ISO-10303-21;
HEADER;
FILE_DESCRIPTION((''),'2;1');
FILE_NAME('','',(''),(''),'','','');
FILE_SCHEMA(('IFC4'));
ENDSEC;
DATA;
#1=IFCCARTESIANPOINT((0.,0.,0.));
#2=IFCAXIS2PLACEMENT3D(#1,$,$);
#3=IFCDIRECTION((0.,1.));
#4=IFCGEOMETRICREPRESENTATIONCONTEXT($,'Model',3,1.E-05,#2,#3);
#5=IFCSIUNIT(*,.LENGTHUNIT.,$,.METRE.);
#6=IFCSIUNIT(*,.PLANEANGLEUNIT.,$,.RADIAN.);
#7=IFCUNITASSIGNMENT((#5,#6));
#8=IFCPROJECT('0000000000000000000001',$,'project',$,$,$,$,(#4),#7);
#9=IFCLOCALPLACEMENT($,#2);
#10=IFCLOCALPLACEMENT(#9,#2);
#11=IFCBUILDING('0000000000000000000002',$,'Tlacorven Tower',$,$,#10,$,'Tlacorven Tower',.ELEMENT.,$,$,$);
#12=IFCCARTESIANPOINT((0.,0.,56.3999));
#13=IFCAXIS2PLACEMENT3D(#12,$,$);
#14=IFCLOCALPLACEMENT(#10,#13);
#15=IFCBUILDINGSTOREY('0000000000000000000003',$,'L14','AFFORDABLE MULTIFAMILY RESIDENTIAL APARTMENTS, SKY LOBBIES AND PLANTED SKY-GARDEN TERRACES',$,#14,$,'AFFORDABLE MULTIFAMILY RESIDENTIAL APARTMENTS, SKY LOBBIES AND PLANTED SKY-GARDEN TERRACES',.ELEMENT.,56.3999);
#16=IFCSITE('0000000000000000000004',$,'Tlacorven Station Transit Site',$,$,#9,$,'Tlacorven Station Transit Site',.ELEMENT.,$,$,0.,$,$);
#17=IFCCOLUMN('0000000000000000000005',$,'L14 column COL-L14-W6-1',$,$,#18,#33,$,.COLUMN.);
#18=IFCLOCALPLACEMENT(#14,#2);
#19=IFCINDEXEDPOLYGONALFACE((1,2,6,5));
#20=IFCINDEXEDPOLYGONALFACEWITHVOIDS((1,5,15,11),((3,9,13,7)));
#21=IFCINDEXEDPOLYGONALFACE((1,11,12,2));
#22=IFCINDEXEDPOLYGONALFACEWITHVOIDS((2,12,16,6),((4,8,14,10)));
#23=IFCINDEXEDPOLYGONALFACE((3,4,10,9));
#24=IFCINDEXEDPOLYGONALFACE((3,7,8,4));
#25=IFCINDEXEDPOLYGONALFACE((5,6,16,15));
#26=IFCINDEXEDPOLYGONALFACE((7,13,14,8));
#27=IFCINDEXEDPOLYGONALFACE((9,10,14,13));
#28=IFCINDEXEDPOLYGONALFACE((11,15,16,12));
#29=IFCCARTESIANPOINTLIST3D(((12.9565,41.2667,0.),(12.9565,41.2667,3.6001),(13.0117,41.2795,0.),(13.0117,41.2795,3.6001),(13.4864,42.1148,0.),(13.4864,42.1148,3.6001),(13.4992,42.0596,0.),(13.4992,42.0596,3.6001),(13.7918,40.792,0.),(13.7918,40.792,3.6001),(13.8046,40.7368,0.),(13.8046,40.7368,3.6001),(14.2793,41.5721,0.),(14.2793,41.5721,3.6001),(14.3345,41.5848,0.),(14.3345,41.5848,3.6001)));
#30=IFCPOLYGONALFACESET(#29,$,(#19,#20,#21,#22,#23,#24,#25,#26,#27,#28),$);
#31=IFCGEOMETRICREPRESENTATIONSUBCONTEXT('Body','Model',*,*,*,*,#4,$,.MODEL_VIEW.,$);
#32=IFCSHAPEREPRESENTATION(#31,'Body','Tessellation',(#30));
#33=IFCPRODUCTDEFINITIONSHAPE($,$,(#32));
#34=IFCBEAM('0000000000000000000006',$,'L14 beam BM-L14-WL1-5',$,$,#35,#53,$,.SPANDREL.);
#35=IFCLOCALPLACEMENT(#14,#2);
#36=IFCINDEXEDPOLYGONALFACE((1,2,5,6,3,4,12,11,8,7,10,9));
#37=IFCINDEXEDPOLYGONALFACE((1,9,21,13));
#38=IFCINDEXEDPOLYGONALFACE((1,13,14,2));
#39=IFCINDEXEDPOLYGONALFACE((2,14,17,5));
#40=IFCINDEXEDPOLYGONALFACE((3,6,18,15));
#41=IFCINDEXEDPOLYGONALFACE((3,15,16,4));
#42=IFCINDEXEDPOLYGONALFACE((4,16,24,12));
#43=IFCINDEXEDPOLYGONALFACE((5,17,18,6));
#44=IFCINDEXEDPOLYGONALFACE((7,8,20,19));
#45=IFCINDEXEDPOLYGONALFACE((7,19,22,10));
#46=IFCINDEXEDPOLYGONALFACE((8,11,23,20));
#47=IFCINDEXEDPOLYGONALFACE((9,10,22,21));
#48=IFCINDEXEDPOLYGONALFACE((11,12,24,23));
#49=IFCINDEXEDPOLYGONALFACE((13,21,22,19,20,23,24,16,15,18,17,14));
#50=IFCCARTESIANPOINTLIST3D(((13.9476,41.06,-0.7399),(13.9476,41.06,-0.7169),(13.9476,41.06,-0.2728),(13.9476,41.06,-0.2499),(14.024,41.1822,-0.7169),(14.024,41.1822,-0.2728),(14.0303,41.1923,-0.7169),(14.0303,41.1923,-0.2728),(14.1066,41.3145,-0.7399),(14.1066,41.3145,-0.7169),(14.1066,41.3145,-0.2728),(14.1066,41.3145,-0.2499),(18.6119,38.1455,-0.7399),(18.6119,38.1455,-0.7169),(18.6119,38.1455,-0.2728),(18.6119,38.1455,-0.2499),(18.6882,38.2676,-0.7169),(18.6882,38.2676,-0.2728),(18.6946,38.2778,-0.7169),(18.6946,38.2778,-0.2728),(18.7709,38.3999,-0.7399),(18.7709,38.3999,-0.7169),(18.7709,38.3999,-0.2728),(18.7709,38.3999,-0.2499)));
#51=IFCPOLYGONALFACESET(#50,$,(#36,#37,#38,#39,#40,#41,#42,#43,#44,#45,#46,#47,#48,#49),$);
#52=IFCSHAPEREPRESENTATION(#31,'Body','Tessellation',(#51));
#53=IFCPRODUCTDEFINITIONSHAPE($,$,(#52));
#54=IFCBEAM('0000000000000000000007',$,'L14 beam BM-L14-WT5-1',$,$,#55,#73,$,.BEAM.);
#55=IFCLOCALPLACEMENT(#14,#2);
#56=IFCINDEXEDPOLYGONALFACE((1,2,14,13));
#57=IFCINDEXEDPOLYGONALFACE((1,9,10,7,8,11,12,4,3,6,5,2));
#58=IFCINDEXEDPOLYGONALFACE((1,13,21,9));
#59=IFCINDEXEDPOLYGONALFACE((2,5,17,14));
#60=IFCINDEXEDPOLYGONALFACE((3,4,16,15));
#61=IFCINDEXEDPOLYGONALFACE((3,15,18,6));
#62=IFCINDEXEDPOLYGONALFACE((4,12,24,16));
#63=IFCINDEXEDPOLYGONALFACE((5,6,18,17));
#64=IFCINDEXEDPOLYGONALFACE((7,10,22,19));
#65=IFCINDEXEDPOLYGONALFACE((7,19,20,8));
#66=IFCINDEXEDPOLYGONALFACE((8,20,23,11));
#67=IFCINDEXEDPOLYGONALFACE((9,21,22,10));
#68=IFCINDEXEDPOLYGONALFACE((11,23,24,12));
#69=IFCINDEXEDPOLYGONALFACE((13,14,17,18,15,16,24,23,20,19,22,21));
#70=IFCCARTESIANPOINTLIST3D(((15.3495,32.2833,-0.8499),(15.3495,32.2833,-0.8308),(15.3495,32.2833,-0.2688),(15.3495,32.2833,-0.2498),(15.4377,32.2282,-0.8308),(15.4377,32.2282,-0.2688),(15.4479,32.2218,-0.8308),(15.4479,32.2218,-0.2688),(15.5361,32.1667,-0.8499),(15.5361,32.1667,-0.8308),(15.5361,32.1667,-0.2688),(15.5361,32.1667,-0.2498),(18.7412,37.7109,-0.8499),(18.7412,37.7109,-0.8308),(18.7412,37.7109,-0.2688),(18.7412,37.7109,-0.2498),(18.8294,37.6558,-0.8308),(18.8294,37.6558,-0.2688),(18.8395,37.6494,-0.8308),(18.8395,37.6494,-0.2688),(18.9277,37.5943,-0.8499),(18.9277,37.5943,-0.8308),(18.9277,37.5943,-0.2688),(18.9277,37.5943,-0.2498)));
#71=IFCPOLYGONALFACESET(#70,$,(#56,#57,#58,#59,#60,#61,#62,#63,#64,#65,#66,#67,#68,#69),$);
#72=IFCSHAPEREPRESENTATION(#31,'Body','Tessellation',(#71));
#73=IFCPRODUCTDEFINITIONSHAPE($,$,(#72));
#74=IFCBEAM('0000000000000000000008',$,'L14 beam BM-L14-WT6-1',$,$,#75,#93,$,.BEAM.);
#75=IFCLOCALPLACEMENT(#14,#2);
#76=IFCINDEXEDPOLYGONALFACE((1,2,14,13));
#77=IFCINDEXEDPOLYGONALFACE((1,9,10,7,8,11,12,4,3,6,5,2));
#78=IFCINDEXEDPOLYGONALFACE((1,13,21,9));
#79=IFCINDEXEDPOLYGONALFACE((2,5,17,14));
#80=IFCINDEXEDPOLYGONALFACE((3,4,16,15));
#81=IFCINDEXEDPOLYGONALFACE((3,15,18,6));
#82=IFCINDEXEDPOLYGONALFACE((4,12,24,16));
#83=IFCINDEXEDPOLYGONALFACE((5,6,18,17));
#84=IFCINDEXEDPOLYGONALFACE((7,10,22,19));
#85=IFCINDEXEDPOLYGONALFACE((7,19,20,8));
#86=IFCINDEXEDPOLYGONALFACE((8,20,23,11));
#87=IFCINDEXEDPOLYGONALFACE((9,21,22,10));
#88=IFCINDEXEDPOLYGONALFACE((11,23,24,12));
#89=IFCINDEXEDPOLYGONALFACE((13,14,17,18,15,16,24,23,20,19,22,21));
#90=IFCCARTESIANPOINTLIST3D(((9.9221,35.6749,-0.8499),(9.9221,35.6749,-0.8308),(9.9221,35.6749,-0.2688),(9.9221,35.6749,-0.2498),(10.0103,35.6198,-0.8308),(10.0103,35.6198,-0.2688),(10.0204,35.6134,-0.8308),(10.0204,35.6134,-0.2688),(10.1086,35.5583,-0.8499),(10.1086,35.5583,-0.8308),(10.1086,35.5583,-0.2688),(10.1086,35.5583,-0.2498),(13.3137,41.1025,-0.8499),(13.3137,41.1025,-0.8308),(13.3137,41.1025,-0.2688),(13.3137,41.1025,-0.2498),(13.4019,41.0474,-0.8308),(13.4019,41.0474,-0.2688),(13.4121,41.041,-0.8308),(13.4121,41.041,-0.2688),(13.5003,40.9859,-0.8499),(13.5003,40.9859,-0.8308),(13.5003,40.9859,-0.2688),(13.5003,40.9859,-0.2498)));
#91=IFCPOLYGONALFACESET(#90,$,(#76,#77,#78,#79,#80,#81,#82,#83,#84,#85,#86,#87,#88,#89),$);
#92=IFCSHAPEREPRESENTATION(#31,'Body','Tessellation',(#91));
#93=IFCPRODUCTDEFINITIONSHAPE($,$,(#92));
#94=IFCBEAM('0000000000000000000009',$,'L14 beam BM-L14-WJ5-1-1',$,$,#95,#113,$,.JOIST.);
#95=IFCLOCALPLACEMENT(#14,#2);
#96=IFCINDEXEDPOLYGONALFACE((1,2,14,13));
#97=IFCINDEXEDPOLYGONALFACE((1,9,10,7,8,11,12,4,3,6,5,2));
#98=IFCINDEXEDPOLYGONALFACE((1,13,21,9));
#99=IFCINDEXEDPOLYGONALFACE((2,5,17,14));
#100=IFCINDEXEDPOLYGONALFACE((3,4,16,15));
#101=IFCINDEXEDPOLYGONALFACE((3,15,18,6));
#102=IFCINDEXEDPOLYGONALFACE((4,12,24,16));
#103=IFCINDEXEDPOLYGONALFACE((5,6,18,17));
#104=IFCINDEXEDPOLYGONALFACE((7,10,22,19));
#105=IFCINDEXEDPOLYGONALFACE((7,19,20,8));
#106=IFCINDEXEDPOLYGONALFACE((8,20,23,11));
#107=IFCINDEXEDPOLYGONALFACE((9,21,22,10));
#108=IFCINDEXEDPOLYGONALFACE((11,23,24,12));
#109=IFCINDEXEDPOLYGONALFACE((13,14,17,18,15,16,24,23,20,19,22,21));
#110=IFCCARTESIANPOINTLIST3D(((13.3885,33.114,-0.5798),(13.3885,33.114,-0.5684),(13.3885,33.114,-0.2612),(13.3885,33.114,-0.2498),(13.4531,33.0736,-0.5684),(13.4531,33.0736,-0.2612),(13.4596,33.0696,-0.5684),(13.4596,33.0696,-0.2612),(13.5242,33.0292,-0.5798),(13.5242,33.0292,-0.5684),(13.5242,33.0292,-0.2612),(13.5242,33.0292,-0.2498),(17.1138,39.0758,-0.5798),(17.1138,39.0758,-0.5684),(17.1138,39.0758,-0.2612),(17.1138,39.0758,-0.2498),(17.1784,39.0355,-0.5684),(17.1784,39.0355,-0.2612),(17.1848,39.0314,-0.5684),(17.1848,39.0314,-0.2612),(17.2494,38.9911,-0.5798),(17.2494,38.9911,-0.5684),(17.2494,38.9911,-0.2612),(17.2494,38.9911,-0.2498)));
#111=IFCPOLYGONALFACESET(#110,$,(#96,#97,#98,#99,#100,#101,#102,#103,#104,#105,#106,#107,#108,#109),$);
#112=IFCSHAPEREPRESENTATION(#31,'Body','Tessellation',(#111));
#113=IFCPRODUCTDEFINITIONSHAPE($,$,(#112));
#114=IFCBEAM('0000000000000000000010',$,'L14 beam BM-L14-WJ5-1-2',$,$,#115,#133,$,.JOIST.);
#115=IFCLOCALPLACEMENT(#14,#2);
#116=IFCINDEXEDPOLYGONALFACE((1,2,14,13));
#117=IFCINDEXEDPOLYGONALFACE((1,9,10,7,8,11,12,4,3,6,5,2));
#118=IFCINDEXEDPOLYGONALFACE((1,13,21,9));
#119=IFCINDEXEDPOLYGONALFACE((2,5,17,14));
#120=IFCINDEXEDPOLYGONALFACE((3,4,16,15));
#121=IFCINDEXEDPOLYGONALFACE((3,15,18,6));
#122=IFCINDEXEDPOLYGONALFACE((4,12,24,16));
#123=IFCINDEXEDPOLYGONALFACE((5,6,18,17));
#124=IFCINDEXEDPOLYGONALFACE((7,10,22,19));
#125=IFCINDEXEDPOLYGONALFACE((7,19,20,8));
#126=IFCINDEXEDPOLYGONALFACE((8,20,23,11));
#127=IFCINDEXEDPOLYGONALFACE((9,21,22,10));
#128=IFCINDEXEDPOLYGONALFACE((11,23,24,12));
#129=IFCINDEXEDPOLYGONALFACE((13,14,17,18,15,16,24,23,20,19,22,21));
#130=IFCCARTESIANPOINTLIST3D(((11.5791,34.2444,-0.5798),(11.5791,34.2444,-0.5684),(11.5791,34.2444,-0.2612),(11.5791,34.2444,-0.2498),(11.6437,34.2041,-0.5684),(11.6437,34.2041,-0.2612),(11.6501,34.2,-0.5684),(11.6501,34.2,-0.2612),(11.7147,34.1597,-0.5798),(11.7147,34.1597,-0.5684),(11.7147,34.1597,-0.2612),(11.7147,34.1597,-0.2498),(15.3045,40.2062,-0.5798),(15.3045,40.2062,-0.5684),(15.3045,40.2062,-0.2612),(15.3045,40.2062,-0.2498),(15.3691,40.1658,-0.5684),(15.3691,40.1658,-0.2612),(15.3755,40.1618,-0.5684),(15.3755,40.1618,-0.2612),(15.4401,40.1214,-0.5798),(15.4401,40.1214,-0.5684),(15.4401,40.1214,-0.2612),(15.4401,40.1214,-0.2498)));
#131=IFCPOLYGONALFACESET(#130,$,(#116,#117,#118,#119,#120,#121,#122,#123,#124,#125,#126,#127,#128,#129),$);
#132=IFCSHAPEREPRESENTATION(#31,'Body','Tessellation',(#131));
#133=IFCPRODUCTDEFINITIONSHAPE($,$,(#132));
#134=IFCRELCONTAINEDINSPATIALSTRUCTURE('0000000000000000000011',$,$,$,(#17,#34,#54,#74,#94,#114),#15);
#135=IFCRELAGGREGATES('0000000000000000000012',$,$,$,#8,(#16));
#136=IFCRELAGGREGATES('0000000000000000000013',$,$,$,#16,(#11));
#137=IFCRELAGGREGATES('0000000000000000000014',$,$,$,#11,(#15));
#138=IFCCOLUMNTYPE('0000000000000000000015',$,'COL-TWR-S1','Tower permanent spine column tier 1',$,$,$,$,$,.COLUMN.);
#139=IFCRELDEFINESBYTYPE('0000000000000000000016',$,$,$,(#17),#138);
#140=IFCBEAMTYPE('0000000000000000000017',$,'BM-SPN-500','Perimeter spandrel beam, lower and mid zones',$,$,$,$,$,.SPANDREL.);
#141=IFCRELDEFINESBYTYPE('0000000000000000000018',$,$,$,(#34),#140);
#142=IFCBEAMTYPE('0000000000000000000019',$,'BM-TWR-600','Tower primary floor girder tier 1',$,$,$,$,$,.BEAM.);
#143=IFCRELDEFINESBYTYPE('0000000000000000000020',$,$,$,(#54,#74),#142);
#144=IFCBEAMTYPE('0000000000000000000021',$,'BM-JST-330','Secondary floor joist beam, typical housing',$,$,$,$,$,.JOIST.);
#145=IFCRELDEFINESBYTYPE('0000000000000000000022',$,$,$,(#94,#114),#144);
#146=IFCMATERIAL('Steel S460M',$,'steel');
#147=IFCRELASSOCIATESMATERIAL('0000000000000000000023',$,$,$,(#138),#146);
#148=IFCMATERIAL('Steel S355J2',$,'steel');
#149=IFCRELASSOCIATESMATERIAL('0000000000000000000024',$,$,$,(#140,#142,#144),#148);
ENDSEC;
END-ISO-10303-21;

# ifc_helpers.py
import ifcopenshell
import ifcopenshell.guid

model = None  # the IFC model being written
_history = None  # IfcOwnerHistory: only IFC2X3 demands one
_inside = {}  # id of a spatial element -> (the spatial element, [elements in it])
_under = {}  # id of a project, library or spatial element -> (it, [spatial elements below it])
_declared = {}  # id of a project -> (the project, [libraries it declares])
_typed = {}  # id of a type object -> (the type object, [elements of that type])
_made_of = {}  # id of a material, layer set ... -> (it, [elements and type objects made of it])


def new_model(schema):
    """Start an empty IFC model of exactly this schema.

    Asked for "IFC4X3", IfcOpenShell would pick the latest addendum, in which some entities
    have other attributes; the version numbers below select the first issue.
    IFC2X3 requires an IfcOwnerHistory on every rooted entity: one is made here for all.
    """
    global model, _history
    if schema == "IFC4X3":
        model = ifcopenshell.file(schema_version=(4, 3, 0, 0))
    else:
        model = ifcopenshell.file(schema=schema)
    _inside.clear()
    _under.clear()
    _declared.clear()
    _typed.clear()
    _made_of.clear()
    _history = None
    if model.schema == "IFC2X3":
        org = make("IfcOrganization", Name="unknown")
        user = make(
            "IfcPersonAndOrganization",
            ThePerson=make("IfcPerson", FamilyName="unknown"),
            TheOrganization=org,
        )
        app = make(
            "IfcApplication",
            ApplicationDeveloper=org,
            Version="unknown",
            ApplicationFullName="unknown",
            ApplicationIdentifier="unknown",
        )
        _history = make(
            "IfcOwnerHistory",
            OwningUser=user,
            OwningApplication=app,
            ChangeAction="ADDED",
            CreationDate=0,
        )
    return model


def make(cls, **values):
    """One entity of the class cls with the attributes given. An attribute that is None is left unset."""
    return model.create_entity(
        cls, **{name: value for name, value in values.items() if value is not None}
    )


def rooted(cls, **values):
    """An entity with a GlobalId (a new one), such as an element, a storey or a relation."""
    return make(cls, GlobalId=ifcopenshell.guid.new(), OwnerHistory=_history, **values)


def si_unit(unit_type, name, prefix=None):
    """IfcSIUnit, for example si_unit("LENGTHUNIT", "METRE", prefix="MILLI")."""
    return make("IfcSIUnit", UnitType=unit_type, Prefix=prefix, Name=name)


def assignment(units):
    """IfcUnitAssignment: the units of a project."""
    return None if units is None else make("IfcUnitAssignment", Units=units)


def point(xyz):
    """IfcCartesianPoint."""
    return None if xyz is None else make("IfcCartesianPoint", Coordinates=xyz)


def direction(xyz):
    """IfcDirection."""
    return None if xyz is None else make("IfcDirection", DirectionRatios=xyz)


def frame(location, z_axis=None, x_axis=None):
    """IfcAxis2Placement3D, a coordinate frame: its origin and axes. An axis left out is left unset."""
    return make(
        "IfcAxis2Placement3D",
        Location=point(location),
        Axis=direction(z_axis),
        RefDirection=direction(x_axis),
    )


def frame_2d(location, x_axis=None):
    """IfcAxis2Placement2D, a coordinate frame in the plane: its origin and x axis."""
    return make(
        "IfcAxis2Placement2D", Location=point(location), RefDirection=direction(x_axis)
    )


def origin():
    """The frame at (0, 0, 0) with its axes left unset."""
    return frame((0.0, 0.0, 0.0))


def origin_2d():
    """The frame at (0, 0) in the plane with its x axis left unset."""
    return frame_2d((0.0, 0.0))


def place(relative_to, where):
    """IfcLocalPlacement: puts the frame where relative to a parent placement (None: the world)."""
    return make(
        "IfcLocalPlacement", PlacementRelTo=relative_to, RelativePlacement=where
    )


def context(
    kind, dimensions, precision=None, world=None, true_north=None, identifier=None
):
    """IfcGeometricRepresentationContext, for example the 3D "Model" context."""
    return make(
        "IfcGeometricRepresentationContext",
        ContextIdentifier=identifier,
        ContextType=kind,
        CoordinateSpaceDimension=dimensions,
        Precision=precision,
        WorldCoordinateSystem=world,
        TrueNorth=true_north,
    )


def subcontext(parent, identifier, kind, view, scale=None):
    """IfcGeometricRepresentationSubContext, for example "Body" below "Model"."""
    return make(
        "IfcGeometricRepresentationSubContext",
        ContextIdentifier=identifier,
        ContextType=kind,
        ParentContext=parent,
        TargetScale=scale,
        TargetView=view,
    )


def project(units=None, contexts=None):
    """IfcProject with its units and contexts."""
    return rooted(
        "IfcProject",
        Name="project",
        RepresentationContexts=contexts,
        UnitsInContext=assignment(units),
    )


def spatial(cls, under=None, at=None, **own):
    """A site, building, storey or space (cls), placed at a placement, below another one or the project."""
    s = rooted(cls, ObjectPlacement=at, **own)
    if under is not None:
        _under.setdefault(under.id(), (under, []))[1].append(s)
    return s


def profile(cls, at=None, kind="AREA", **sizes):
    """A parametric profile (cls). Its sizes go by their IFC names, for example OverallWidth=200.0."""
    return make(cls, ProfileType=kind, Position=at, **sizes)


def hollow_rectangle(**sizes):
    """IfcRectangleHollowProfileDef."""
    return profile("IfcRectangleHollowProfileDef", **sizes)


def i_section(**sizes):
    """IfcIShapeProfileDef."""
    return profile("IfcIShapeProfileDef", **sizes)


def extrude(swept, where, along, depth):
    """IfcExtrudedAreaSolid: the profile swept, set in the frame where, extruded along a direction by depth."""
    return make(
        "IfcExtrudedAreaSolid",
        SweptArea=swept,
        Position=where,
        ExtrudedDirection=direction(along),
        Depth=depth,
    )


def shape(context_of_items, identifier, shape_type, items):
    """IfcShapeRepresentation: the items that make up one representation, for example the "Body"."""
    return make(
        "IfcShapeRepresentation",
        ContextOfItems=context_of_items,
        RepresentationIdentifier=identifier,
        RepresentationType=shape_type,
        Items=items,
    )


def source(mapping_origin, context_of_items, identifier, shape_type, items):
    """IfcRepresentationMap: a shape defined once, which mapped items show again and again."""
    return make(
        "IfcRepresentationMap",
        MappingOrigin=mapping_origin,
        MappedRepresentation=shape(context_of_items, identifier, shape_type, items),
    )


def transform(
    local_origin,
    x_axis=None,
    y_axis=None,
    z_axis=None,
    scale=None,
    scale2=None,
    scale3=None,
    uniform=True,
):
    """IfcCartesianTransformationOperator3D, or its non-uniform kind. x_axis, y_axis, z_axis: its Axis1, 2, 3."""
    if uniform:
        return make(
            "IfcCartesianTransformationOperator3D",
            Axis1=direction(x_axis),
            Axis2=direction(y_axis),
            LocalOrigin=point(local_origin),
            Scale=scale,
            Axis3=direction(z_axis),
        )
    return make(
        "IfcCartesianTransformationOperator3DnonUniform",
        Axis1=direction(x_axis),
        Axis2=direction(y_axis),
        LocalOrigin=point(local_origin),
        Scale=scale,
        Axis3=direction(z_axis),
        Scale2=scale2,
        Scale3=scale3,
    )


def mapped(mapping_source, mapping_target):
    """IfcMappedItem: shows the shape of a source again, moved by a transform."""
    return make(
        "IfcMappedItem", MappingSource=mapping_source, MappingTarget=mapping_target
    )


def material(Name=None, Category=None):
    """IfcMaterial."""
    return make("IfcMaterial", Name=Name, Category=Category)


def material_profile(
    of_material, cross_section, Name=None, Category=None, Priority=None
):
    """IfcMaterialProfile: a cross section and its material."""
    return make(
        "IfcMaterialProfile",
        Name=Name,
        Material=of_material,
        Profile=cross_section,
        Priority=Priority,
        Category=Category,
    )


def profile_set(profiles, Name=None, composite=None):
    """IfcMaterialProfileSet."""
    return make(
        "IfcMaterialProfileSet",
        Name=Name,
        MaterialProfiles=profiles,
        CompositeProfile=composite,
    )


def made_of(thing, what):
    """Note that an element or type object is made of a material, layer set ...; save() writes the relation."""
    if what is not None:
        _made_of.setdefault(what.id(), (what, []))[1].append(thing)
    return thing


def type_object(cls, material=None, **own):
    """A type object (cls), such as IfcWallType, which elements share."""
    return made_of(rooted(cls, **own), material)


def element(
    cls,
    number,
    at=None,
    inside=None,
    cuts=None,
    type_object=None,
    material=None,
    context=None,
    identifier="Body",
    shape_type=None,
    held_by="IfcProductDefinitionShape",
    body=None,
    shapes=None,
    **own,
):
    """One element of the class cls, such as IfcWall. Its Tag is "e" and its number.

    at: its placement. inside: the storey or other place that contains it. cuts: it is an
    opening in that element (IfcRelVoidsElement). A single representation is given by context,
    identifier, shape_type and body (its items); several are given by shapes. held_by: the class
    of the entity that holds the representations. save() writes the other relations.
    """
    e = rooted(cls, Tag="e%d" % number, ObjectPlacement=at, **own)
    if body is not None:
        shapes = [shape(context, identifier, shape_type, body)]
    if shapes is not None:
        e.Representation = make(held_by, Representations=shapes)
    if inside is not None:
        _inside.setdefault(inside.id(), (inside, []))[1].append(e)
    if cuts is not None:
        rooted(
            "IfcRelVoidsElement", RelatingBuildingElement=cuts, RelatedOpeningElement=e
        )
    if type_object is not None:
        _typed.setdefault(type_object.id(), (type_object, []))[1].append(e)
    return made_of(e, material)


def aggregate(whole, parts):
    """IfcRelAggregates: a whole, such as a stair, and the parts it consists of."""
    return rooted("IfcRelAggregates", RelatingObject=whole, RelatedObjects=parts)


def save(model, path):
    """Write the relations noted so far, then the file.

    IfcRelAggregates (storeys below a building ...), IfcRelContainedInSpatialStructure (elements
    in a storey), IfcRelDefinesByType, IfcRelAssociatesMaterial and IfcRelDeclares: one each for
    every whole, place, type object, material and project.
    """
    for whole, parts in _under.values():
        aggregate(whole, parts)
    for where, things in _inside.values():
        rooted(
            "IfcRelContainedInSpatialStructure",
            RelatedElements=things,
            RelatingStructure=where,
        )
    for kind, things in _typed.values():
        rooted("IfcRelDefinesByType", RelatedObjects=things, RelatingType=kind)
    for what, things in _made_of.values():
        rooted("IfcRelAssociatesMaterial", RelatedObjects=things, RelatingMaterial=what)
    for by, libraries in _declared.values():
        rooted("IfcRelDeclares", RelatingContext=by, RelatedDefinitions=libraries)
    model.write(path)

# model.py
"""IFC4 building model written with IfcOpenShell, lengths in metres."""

from ifc_helpers import new_model, si_unit, direction, frame, origin, origin_2d, place, context, subcontext, project, spatial, hollow_rectangle, i_section, extrude, source, transform, mapped, material, material_profile, profile_set, type_object, element, save


model = new_model("IFC4")

# Units and contexts
model_context = context("Model", 3, precision=1e-05, world=origin(), true_north=direction((0.0, 1.0)))
body_context = subcontext(model_context, "Body", "Model", "MODEL_VIEW")
ifc_project = project(units=[si_unit("LENGTHUNIT", "METRE"), si_unit("PLANEANGLEUNIT", "RADIAN")], contexts=[model_context])

# Site, building, storey
site_placement = place(None, origin())
site = spatial("IfcSite", under=ifc_project, at=site_placement, Name="Tlacorven Station Transit Site", LongName="Tlacorven Station Transit Site", CompositionType="ELEMENT", RefElevation=0.0)
building_placement = place(site_placement, origin())
building = spatial("IfcBuilding", under=site, at=building_placement, Name="Tlacorven Tower", LongName="Tlacorven Tower", CompositionType="ELEMENT")
storey_placement = place(building_placement, frame((0.0, 0.0, 56.3999)))
storey = spatial("IfcBuildingStorey", under=building, at=storey_placement, Name="L14", Description="AFFORDABLE MULTIFAMILY RESIDENTIAL APARTMENTS, SKY LOBBIES AND PLANTED SKY-GARDEN TERRACES", LongName="AFFORDABLE MULTIFAMILY RESIDENTIAL APARTMENTS, SKY LOBBIES AND PLANTED SKY-GARDEN TERRACES", CompositionType="ELEMENT", Elevation=56.3999)

# Column
ifc_material_1 = material(Name="Steel S460M", Category="steel")
ifc_material_profile_1 = material_profile(ifc_material_1, hollow_rectangle(XDim=1.0, YDim=1.0, WallThickness=0.04, at=origin_2d()), Name="BOX 1000X1000X40")
ifc_profile_set_1 = profile_set([ifc_material_profile_1], Name="Steel S460M")
column_type = type_object("IfcColumnType", Name="COL-TWR-S1", Description="Tower permanent spine column tier 1", PredefinedType="COLUMN", material=ifc_profile_set_1)
shared_shape_1 = source(origin(), body_context, "Body", "SweptSolid", [
    extrude(hollow_rectangle(XDim=1.0, YDim=1.0, WallThickness=0.04, at=origin_2d()), origin(), (0.0, 0.0, 1.0), 3.6001),
])
column_placement = place(storey_placement, frame((13.6455, 41.4258, 0.0), z_axis=(0.0, 0.0, 1.0), x_axis=(-0.848048, 0.529919, 0.0)))
element("IfcColumn", 1, at=column_placement, inside=storey, type_object=column_type, Name="L14 column COL-L14-W6-1", PredefinedType="COLUMN", context=body_context, shape_type="MappedRepresentation", body=[
    mapped(shared_shape_1, transform((0.0, 0.0, 0.0), scale=1.0)),
])

# Beams
ifc_material_2 = material(Name="Steel S355J2", Category="steel")
ifc_material_profile_2 = material_profile(ifc_material_2, i_section(OverallWidth=0.3, OverallDepth=0.49, WebThickness=0.012, FlangeThickness=0.0229, at=origin_2d()), Name="HEA 500")
ifc_profile_set_2 = profile_set([ifc_material_profile_2], Name="Steel S355J2")
beam_type_1 = type_object("IfcBeamType", Name="BM-SPN-500", Description="Perimeter spandrel beam, lower and mid zones", PredefinedType="SPANDREL", material=ifc_profile_set_2)
shared_shape_2 = source(origin(), body_context, "Body", "SweptSolid", [
    extrude(i_section(OverallWidth=0.3, OverallDepth=0.49, WebThickness=0.012, FlangeThickness=0.0229, at=origin_2d()), origin(), (0.0, 0.0, 1.0), 5.5),
])
beam_placement = place(storey_placement, frame((18.6914, 38.2727, -0.4949), z_axis=(-0.848051, 0.529915, 0.0), x_axis=(-0.529915, -0.848051, 0.0)))
element("IfcBeam", 2, at=beam_placement, inside=storey, type_object=beam_type_1, Name="L14 beam BM-L14-WL1-5", PredefinedType="SPANDREL", context=body_context, shape_type="MappedRepresentation", body=[
    mapped(shared_shape_2, transform((0.0, 0.0, 0.0), scale=1.0)),
])
ifc_material_profile_3 = material_profile(ifc_material_2, i_section(OverallWidth=0.22, OverallDepth=0.6001, WebThickness=0.012, FlangeThickness=0.019, at=origin_2d()), Name="IPE 600")
ifc_profile_set_3 = profile_set([ifc_material_profile_3], Name="Steel S355J2")
beam_type_2 = type_object("IfcBeamType", Name="BM-TWR-600", Description="Tower primary floor girder tier 1", PredefinedType="BEAM", material=ifc_profile_set_3)
shared_shape_3 = source(origin(), body_context, "Body", "SweptSolid", [
    extrude(i_section(OverallWidth=0.22, OverallDepth=0.6001, WebThickness=0.012, FlangeThickness=0.019, at=origin_2d()), origin(), (0.0, 0.0, 1.0), 6.4001),
])
for number, where, z_axis, x_axis, name in (
    (3, (18.8345, 37.6526, -0.5498), (-0.529934, -0.848039, 0.0), (0.848039, -0.529934, 0.0), "L14 beam BM-L14-WT5-1"),
    (4, (13.407, 41.0442, -0.5498), (-0.529934, -0.848039, 0.0), (0.848039, -0.529934, 0.0), "L14 beam BM-L14-WT6-1"),
):
    element("IfcBeam", number, at=place(storey_placement, frame(where, z_axis=z_axis, x_axis=x_axis)), inside=storey, type_object=beam_type_2, Name=name, PredefinedType="BEAM", context=body_context, shape_type="MappedRepresentation", body=[
        mapped(shared_shape_3, transform((0.0, 0.0, 0.0), scale=1.0)),
    ])
ifc_material_profile_4 = material_profile(ifc_material_2, i_section(OverallWidth=0.1599, OverallDepth=0.3301, WebThickness=0.0076, FlangeThickness=0.0115, at=origin_2d()), Name="IPE 330")
ifc_profile_set_4 = profile_set([ifc_material_profile_4], Name="Steel S355J2")
beam_type_3 = type_object("IfcBeamType", Name="BM-JST-330", Description="Secondary floor joist beam, typical housing", PredefinedType="JOIST", material=ifc_profile_set_4)
shared_shape_4 = source(origin(), body_context, "Body", "SweptSolid", [
    extrude(i_section(OverallWidth=0.1599, OverallDepth=0.3301, WebThickness=0.0076, FlangeThickness=0.0115, at=origin_2d()), origin(), (0.0, 0.0, 1.0), 7.03),
])
for number, where, z_axis, x_axis, name in (
    (5, (17.1816, 39.0334, -0.4148), (-0.529912, -0.848053, 0.0), (0.848053, -0.529912, 0.0), "L14 beam BM-L14-WJ5-1-1"),
    (6, (15.3723, 40.1638, -0.4148), (-0.529927, -0.848043, 0.0), (0.848043, -0.529927, 0.0), "L14 beam BM-L14-WJ5-1-2"),
):
    element("IfcBeam", number, at=place(storey_placement, frame(where, z_axis=z_axis, x_axis=x_axis)), inside=storey, type_object=beam_type_3, Name=name, PredefinedType="JOIST", context=body_context, shape_type="MappedRepresentation", body=[
        mapped(shared_shape_4, transform((0.0, 0.0, 0.0), scale=1.0)),
    ])

save(model, "model.ifc")
